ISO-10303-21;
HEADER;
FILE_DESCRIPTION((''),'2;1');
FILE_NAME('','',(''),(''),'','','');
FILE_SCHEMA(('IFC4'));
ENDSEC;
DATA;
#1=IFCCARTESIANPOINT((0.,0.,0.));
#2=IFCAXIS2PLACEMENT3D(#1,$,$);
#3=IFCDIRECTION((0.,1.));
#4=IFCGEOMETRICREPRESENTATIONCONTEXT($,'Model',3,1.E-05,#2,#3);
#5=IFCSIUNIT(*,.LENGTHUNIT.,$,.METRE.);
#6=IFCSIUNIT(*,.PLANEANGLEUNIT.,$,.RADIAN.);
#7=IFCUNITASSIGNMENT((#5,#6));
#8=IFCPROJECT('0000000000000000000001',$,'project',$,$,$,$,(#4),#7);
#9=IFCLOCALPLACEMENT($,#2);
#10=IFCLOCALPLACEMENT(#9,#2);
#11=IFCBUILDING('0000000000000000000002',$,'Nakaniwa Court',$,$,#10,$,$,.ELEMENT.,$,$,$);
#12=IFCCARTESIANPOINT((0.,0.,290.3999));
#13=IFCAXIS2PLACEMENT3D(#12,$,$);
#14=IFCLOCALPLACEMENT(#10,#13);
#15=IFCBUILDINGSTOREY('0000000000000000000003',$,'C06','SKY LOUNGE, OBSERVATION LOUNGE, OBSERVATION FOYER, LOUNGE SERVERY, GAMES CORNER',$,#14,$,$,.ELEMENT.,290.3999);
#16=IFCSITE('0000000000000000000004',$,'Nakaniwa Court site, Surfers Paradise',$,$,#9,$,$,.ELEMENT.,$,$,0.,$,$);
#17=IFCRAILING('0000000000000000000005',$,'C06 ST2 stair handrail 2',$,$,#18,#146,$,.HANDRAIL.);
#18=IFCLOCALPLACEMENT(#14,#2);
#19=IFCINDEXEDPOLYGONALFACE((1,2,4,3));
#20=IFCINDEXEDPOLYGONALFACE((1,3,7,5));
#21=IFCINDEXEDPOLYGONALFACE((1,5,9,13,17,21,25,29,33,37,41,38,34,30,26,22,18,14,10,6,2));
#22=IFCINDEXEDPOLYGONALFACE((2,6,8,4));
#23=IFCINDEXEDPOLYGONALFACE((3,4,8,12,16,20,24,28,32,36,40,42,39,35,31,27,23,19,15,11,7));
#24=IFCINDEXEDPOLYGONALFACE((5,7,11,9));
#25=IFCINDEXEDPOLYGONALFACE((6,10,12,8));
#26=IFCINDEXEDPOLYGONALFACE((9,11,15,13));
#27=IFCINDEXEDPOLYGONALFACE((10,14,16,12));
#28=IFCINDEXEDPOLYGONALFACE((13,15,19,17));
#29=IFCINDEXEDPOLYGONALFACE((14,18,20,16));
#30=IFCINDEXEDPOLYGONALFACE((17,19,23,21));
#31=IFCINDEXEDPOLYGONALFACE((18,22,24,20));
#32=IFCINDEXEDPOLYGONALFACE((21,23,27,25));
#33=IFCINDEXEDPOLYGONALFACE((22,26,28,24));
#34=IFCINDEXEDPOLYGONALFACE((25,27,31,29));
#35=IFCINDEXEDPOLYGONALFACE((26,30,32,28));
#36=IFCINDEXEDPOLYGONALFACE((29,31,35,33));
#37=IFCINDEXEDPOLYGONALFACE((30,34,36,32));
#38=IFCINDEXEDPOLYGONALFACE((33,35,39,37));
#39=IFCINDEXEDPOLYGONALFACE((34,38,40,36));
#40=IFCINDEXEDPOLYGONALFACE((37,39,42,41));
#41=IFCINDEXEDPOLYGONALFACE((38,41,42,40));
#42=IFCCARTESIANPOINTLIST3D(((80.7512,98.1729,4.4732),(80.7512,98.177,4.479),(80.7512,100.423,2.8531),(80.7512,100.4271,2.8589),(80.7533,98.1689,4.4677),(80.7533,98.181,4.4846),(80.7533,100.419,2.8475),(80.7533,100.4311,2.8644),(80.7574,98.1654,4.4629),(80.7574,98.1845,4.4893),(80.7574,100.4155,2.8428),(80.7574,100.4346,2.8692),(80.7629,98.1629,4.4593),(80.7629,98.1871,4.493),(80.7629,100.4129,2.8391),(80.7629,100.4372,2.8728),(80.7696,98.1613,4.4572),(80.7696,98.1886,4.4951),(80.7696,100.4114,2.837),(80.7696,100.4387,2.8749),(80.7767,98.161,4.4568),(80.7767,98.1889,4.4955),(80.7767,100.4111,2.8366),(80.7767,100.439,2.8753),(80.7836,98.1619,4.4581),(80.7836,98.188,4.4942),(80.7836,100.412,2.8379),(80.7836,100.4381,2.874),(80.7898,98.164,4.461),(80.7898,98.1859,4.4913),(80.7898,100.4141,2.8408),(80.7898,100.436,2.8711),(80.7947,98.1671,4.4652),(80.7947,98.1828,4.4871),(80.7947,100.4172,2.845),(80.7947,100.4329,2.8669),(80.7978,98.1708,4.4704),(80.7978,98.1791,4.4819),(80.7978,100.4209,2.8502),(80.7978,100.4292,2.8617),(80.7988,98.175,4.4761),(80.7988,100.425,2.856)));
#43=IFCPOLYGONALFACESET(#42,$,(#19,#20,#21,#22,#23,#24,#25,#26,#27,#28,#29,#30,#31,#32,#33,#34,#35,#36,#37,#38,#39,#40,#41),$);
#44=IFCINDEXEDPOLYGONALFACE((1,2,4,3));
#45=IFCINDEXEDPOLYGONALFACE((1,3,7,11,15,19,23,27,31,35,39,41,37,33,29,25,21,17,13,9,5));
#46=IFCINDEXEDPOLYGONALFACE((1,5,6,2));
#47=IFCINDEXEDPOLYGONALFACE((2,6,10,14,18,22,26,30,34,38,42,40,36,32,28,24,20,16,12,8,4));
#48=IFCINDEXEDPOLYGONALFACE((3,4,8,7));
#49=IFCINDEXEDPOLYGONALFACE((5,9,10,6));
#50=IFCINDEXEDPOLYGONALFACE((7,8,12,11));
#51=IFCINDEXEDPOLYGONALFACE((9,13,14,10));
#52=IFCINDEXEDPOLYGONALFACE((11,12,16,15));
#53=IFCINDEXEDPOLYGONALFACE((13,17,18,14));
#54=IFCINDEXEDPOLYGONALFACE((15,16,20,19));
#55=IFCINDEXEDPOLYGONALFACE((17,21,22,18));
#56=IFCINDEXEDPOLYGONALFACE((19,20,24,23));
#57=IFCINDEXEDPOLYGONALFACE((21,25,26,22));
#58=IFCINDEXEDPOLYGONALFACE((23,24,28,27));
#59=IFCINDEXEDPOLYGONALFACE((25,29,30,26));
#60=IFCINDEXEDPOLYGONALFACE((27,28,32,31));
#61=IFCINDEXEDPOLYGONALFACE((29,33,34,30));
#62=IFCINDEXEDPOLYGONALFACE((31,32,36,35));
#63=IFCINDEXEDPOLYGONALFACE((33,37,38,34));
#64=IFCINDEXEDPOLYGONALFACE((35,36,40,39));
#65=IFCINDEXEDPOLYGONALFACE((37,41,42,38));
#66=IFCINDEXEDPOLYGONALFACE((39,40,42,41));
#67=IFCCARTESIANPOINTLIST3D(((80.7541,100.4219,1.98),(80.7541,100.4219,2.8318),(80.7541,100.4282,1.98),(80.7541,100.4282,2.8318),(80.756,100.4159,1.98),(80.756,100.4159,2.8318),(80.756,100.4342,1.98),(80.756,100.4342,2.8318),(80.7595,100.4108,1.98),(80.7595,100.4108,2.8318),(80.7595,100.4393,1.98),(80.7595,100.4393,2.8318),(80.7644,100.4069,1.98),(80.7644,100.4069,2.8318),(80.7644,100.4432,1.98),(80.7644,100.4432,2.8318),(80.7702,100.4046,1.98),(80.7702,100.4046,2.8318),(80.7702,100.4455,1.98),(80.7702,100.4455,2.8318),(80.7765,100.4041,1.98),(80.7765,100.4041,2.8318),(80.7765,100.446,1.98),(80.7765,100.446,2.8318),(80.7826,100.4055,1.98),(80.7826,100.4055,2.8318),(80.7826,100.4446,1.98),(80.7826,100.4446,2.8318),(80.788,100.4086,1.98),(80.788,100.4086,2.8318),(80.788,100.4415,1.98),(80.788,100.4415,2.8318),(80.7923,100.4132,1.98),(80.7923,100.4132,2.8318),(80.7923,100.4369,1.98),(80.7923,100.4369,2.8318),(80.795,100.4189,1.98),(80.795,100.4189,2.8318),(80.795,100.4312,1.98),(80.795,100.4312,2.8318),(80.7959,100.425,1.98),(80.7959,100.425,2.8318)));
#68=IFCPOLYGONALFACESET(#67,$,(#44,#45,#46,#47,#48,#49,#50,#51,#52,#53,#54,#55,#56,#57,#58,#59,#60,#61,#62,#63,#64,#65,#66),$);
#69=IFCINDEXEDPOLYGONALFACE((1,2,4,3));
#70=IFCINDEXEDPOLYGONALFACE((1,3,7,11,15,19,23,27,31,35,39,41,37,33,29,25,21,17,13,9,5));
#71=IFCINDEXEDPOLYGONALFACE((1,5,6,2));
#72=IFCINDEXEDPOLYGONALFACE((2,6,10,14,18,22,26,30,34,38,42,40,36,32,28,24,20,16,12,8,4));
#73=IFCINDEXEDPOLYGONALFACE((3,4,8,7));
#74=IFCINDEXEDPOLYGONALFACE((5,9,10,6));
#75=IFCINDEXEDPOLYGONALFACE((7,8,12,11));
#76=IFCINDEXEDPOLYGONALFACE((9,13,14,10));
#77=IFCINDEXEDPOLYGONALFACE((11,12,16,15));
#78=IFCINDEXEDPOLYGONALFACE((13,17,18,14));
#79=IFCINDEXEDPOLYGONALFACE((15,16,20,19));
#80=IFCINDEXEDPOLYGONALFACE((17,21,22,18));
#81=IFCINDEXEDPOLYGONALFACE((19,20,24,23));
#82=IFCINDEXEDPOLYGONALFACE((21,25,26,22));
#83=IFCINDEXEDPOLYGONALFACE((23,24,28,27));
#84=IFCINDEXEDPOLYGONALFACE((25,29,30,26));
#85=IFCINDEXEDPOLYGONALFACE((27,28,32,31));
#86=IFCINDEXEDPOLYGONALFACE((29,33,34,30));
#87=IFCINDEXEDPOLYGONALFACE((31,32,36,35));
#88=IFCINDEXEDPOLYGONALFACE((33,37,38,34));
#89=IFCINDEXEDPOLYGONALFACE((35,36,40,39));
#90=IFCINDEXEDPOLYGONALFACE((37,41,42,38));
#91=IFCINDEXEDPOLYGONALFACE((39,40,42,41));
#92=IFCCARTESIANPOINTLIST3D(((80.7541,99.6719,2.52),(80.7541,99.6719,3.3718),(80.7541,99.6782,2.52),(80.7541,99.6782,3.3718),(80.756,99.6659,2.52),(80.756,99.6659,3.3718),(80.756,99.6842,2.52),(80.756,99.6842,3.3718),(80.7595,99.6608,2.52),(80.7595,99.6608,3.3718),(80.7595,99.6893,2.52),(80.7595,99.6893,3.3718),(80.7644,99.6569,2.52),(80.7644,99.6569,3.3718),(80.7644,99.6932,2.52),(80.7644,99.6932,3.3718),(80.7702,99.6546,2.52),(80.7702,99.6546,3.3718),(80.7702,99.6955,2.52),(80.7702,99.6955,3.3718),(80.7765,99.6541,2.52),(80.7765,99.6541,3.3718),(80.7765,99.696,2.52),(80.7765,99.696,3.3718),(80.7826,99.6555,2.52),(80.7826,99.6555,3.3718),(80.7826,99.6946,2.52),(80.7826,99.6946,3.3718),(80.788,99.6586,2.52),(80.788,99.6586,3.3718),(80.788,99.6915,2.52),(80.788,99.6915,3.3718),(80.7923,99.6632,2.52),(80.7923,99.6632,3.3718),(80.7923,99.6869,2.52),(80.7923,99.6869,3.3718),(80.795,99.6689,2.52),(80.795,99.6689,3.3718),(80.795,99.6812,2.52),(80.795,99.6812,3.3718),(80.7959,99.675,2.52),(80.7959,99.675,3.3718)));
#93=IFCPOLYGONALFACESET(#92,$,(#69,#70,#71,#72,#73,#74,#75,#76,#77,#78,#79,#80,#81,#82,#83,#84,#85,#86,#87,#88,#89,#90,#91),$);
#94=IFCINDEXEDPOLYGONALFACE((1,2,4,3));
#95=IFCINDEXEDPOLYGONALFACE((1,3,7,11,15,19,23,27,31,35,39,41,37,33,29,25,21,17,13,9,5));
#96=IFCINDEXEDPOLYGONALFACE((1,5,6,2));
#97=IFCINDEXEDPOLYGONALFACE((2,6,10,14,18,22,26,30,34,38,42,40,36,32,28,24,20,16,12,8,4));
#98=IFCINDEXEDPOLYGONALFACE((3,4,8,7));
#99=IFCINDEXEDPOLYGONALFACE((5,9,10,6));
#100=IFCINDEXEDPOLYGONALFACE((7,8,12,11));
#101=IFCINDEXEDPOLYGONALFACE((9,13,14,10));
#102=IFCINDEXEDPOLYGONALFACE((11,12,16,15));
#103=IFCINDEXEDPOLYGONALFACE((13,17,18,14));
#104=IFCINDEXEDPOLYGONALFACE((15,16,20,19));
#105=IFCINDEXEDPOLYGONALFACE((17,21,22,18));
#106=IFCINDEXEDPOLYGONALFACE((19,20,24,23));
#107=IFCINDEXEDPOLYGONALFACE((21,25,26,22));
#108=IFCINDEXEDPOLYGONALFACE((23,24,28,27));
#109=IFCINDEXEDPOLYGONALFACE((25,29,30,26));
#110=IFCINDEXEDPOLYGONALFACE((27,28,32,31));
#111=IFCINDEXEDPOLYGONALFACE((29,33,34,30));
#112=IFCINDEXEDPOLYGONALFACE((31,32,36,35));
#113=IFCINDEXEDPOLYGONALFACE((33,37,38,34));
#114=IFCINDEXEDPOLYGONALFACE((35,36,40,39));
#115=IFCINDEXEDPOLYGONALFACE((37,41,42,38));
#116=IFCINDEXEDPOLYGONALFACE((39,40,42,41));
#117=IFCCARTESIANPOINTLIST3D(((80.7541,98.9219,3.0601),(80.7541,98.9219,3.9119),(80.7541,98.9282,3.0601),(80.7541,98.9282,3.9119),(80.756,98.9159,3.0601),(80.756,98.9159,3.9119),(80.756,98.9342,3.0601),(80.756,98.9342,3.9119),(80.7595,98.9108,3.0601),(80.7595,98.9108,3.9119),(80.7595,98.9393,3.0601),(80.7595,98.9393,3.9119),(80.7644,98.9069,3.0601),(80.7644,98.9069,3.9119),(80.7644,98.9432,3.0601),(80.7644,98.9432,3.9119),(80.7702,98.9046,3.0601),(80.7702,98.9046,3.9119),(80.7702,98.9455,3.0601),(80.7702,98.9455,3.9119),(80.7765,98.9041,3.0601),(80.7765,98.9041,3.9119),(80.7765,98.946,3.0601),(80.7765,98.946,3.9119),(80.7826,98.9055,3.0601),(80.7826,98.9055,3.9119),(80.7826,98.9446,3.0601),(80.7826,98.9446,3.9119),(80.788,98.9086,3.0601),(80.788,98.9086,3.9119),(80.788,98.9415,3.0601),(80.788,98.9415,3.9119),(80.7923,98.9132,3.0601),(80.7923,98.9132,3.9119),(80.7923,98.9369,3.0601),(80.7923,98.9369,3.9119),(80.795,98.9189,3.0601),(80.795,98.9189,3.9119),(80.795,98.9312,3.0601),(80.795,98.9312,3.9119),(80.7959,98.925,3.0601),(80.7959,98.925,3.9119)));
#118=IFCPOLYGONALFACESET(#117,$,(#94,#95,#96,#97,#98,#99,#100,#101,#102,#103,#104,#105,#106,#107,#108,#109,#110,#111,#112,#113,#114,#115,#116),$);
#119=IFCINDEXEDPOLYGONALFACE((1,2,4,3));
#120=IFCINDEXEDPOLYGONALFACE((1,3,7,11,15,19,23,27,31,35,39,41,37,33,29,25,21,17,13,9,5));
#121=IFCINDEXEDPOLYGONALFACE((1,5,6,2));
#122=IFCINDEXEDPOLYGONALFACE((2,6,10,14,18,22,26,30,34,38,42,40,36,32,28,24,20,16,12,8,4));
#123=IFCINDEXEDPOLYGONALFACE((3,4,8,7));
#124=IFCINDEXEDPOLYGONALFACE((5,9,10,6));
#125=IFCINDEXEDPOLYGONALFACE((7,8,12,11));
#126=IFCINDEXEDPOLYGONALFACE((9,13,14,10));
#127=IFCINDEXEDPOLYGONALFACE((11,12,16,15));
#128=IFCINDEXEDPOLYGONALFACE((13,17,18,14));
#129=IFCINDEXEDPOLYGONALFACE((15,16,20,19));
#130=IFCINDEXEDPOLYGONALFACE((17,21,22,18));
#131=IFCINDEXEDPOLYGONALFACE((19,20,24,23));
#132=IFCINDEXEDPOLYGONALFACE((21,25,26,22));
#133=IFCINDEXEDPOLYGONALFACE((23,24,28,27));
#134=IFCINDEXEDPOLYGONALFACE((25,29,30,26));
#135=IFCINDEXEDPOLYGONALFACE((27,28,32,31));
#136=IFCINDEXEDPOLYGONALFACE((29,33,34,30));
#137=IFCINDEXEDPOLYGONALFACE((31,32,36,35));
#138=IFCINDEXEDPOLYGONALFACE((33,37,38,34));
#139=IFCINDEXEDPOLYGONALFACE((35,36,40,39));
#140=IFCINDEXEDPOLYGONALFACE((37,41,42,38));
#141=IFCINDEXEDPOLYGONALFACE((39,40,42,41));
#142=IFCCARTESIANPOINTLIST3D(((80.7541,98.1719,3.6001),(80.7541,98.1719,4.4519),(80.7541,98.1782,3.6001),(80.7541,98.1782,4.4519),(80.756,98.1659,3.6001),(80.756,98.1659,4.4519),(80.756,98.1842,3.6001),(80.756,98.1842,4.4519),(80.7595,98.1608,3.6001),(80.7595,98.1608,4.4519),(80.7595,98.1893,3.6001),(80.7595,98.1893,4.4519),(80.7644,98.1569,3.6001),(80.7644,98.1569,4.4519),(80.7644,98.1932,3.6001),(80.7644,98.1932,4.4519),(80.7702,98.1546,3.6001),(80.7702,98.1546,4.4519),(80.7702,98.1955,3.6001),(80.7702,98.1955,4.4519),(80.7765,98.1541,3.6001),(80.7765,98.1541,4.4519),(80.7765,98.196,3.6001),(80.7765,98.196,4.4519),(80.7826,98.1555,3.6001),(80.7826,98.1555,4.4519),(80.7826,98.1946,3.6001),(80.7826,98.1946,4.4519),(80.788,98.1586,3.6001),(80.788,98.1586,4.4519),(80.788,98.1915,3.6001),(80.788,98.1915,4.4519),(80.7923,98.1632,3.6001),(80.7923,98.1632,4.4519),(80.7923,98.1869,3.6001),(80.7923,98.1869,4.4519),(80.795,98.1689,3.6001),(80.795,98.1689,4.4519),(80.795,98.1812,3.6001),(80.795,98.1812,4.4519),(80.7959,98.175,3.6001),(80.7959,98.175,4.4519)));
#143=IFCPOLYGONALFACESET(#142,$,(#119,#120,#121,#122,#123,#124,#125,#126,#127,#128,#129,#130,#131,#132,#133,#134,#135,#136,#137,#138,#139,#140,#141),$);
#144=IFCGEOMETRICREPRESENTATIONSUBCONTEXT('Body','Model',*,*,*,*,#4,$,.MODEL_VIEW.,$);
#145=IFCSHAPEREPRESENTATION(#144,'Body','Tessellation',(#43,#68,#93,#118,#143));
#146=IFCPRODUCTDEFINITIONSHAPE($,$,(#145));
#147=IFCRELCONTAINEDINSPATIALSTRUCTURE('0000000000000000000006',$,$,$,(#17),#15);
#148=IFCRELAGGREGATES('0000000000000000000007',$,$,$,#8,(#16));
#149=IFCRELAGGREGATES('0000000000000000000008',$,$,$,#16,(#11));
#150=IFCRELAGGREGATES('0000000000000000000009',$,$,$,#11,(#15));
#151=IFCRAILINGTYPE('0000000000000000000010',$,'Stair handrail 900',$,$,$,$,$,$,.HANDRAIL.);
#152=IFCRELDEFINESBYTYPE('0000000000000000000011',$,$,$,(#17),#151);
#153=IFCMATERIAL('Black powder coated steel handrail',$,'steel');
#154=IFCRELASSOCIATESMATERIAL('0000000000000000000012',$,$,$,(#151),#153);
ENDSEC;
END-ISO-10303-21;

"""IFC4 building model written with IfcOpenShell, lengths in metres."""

from ifc_helpers import new_model, si_unit, direction, frame, origin, origin_2d, place, context, subcontext, project, spatial, circle, extrude, material, type_object, element, save


model = new_model("IFC4")

# Units and contexts
model_context = context("Model", 3, precision=1e-05, world=origin(), true_north=direction((0.0, 1.0)))
body_context = subcontext(model_context, "Body", "Model", "MODEL_VIEW")
ifc_project = project(units=[si_unit("LENGTHUNIT", "METRE"), si_unit("PLANEANGLEUNIT", "RADIAN")], contexts=[model_context])

# Site, building, storey
site_placement = place(None, origin())
site = spatial("IfcSite", under=ifc_project, at=site_placement, Name="Nakaniwa Court site, Surfers Paradise", CompositionType="ELEMENT", RefElevation=0.0)
building_placement = place(site_placement, origin())
building = spatial("IfcBuilding", under=site, at=building_placement, Name="Nakaniwa Court", CompositionType="ELEMENT")
storey_placement = place(building_placement, frame((0.0, 0.0, 290.3999)))
storey = spatial("IfcBuildingStorey", under=building, at=storey_placement, Name="C06", Description="SKY LOUNGE, OBSERVATION LOUNGE, OBSERVATION FOYER, LOUNGE SERVERY, GAMES CORNER", CompositionType="ELEMENT", Elevation=290.3999)

# Railing
ifc_material_1 = material(Name="Black powder coated steel handrail", Category="steel")
railing_type_1 = type_object("IfcRailingType", Name="Stair handrail 900", PredefinedType="HANDRAIL", material=ifc_material_1)
railing_1_placement = place(storey_placement, frame((80.7749, 100.425, 1.98)))
element("IfcRailing", 1, at=railing_1_placement, inside=storey, type_object=railing_type_1, Name="C06 ST2 stair handrail 2", PredefinedType="HANDRAIL", context=body_context, shape_type="SweptSolid", body=[
    extrude(circle(Radius=0.0239, at=origin_2d()), frame((0.0, 0.0, 0.876), z_axis=(0.0, -0.811514, 0.584333), x_axis=(1.0, 0.0, 0.0)), (0.0, 0.0, 1.0), 2.7727),
    extrude(circle(Radius=0.021, at=origin_2d()), origin(), (0.0, 0.0, 1.0), 0.8518),
    extrude(circle(Radius=0.021, at=origin_2d()), frame((0.0, -0.75, 0.54)), (0.0, 0.0, 1.0), 0.8518),
    extrude(circle(Radius=0.021, at=origin_2d()), frame((0.0, -1.5, 1.0801)), (0.0, 0.0, 1.0), 0.8518),
    extrude(circle(Radius=0.021, at=origin_2d()), frame((0.0, -2.25, 1.6201)), (0.0, 0.0, 1.0), 0.8518),
])

save(model, "model.ifc")
